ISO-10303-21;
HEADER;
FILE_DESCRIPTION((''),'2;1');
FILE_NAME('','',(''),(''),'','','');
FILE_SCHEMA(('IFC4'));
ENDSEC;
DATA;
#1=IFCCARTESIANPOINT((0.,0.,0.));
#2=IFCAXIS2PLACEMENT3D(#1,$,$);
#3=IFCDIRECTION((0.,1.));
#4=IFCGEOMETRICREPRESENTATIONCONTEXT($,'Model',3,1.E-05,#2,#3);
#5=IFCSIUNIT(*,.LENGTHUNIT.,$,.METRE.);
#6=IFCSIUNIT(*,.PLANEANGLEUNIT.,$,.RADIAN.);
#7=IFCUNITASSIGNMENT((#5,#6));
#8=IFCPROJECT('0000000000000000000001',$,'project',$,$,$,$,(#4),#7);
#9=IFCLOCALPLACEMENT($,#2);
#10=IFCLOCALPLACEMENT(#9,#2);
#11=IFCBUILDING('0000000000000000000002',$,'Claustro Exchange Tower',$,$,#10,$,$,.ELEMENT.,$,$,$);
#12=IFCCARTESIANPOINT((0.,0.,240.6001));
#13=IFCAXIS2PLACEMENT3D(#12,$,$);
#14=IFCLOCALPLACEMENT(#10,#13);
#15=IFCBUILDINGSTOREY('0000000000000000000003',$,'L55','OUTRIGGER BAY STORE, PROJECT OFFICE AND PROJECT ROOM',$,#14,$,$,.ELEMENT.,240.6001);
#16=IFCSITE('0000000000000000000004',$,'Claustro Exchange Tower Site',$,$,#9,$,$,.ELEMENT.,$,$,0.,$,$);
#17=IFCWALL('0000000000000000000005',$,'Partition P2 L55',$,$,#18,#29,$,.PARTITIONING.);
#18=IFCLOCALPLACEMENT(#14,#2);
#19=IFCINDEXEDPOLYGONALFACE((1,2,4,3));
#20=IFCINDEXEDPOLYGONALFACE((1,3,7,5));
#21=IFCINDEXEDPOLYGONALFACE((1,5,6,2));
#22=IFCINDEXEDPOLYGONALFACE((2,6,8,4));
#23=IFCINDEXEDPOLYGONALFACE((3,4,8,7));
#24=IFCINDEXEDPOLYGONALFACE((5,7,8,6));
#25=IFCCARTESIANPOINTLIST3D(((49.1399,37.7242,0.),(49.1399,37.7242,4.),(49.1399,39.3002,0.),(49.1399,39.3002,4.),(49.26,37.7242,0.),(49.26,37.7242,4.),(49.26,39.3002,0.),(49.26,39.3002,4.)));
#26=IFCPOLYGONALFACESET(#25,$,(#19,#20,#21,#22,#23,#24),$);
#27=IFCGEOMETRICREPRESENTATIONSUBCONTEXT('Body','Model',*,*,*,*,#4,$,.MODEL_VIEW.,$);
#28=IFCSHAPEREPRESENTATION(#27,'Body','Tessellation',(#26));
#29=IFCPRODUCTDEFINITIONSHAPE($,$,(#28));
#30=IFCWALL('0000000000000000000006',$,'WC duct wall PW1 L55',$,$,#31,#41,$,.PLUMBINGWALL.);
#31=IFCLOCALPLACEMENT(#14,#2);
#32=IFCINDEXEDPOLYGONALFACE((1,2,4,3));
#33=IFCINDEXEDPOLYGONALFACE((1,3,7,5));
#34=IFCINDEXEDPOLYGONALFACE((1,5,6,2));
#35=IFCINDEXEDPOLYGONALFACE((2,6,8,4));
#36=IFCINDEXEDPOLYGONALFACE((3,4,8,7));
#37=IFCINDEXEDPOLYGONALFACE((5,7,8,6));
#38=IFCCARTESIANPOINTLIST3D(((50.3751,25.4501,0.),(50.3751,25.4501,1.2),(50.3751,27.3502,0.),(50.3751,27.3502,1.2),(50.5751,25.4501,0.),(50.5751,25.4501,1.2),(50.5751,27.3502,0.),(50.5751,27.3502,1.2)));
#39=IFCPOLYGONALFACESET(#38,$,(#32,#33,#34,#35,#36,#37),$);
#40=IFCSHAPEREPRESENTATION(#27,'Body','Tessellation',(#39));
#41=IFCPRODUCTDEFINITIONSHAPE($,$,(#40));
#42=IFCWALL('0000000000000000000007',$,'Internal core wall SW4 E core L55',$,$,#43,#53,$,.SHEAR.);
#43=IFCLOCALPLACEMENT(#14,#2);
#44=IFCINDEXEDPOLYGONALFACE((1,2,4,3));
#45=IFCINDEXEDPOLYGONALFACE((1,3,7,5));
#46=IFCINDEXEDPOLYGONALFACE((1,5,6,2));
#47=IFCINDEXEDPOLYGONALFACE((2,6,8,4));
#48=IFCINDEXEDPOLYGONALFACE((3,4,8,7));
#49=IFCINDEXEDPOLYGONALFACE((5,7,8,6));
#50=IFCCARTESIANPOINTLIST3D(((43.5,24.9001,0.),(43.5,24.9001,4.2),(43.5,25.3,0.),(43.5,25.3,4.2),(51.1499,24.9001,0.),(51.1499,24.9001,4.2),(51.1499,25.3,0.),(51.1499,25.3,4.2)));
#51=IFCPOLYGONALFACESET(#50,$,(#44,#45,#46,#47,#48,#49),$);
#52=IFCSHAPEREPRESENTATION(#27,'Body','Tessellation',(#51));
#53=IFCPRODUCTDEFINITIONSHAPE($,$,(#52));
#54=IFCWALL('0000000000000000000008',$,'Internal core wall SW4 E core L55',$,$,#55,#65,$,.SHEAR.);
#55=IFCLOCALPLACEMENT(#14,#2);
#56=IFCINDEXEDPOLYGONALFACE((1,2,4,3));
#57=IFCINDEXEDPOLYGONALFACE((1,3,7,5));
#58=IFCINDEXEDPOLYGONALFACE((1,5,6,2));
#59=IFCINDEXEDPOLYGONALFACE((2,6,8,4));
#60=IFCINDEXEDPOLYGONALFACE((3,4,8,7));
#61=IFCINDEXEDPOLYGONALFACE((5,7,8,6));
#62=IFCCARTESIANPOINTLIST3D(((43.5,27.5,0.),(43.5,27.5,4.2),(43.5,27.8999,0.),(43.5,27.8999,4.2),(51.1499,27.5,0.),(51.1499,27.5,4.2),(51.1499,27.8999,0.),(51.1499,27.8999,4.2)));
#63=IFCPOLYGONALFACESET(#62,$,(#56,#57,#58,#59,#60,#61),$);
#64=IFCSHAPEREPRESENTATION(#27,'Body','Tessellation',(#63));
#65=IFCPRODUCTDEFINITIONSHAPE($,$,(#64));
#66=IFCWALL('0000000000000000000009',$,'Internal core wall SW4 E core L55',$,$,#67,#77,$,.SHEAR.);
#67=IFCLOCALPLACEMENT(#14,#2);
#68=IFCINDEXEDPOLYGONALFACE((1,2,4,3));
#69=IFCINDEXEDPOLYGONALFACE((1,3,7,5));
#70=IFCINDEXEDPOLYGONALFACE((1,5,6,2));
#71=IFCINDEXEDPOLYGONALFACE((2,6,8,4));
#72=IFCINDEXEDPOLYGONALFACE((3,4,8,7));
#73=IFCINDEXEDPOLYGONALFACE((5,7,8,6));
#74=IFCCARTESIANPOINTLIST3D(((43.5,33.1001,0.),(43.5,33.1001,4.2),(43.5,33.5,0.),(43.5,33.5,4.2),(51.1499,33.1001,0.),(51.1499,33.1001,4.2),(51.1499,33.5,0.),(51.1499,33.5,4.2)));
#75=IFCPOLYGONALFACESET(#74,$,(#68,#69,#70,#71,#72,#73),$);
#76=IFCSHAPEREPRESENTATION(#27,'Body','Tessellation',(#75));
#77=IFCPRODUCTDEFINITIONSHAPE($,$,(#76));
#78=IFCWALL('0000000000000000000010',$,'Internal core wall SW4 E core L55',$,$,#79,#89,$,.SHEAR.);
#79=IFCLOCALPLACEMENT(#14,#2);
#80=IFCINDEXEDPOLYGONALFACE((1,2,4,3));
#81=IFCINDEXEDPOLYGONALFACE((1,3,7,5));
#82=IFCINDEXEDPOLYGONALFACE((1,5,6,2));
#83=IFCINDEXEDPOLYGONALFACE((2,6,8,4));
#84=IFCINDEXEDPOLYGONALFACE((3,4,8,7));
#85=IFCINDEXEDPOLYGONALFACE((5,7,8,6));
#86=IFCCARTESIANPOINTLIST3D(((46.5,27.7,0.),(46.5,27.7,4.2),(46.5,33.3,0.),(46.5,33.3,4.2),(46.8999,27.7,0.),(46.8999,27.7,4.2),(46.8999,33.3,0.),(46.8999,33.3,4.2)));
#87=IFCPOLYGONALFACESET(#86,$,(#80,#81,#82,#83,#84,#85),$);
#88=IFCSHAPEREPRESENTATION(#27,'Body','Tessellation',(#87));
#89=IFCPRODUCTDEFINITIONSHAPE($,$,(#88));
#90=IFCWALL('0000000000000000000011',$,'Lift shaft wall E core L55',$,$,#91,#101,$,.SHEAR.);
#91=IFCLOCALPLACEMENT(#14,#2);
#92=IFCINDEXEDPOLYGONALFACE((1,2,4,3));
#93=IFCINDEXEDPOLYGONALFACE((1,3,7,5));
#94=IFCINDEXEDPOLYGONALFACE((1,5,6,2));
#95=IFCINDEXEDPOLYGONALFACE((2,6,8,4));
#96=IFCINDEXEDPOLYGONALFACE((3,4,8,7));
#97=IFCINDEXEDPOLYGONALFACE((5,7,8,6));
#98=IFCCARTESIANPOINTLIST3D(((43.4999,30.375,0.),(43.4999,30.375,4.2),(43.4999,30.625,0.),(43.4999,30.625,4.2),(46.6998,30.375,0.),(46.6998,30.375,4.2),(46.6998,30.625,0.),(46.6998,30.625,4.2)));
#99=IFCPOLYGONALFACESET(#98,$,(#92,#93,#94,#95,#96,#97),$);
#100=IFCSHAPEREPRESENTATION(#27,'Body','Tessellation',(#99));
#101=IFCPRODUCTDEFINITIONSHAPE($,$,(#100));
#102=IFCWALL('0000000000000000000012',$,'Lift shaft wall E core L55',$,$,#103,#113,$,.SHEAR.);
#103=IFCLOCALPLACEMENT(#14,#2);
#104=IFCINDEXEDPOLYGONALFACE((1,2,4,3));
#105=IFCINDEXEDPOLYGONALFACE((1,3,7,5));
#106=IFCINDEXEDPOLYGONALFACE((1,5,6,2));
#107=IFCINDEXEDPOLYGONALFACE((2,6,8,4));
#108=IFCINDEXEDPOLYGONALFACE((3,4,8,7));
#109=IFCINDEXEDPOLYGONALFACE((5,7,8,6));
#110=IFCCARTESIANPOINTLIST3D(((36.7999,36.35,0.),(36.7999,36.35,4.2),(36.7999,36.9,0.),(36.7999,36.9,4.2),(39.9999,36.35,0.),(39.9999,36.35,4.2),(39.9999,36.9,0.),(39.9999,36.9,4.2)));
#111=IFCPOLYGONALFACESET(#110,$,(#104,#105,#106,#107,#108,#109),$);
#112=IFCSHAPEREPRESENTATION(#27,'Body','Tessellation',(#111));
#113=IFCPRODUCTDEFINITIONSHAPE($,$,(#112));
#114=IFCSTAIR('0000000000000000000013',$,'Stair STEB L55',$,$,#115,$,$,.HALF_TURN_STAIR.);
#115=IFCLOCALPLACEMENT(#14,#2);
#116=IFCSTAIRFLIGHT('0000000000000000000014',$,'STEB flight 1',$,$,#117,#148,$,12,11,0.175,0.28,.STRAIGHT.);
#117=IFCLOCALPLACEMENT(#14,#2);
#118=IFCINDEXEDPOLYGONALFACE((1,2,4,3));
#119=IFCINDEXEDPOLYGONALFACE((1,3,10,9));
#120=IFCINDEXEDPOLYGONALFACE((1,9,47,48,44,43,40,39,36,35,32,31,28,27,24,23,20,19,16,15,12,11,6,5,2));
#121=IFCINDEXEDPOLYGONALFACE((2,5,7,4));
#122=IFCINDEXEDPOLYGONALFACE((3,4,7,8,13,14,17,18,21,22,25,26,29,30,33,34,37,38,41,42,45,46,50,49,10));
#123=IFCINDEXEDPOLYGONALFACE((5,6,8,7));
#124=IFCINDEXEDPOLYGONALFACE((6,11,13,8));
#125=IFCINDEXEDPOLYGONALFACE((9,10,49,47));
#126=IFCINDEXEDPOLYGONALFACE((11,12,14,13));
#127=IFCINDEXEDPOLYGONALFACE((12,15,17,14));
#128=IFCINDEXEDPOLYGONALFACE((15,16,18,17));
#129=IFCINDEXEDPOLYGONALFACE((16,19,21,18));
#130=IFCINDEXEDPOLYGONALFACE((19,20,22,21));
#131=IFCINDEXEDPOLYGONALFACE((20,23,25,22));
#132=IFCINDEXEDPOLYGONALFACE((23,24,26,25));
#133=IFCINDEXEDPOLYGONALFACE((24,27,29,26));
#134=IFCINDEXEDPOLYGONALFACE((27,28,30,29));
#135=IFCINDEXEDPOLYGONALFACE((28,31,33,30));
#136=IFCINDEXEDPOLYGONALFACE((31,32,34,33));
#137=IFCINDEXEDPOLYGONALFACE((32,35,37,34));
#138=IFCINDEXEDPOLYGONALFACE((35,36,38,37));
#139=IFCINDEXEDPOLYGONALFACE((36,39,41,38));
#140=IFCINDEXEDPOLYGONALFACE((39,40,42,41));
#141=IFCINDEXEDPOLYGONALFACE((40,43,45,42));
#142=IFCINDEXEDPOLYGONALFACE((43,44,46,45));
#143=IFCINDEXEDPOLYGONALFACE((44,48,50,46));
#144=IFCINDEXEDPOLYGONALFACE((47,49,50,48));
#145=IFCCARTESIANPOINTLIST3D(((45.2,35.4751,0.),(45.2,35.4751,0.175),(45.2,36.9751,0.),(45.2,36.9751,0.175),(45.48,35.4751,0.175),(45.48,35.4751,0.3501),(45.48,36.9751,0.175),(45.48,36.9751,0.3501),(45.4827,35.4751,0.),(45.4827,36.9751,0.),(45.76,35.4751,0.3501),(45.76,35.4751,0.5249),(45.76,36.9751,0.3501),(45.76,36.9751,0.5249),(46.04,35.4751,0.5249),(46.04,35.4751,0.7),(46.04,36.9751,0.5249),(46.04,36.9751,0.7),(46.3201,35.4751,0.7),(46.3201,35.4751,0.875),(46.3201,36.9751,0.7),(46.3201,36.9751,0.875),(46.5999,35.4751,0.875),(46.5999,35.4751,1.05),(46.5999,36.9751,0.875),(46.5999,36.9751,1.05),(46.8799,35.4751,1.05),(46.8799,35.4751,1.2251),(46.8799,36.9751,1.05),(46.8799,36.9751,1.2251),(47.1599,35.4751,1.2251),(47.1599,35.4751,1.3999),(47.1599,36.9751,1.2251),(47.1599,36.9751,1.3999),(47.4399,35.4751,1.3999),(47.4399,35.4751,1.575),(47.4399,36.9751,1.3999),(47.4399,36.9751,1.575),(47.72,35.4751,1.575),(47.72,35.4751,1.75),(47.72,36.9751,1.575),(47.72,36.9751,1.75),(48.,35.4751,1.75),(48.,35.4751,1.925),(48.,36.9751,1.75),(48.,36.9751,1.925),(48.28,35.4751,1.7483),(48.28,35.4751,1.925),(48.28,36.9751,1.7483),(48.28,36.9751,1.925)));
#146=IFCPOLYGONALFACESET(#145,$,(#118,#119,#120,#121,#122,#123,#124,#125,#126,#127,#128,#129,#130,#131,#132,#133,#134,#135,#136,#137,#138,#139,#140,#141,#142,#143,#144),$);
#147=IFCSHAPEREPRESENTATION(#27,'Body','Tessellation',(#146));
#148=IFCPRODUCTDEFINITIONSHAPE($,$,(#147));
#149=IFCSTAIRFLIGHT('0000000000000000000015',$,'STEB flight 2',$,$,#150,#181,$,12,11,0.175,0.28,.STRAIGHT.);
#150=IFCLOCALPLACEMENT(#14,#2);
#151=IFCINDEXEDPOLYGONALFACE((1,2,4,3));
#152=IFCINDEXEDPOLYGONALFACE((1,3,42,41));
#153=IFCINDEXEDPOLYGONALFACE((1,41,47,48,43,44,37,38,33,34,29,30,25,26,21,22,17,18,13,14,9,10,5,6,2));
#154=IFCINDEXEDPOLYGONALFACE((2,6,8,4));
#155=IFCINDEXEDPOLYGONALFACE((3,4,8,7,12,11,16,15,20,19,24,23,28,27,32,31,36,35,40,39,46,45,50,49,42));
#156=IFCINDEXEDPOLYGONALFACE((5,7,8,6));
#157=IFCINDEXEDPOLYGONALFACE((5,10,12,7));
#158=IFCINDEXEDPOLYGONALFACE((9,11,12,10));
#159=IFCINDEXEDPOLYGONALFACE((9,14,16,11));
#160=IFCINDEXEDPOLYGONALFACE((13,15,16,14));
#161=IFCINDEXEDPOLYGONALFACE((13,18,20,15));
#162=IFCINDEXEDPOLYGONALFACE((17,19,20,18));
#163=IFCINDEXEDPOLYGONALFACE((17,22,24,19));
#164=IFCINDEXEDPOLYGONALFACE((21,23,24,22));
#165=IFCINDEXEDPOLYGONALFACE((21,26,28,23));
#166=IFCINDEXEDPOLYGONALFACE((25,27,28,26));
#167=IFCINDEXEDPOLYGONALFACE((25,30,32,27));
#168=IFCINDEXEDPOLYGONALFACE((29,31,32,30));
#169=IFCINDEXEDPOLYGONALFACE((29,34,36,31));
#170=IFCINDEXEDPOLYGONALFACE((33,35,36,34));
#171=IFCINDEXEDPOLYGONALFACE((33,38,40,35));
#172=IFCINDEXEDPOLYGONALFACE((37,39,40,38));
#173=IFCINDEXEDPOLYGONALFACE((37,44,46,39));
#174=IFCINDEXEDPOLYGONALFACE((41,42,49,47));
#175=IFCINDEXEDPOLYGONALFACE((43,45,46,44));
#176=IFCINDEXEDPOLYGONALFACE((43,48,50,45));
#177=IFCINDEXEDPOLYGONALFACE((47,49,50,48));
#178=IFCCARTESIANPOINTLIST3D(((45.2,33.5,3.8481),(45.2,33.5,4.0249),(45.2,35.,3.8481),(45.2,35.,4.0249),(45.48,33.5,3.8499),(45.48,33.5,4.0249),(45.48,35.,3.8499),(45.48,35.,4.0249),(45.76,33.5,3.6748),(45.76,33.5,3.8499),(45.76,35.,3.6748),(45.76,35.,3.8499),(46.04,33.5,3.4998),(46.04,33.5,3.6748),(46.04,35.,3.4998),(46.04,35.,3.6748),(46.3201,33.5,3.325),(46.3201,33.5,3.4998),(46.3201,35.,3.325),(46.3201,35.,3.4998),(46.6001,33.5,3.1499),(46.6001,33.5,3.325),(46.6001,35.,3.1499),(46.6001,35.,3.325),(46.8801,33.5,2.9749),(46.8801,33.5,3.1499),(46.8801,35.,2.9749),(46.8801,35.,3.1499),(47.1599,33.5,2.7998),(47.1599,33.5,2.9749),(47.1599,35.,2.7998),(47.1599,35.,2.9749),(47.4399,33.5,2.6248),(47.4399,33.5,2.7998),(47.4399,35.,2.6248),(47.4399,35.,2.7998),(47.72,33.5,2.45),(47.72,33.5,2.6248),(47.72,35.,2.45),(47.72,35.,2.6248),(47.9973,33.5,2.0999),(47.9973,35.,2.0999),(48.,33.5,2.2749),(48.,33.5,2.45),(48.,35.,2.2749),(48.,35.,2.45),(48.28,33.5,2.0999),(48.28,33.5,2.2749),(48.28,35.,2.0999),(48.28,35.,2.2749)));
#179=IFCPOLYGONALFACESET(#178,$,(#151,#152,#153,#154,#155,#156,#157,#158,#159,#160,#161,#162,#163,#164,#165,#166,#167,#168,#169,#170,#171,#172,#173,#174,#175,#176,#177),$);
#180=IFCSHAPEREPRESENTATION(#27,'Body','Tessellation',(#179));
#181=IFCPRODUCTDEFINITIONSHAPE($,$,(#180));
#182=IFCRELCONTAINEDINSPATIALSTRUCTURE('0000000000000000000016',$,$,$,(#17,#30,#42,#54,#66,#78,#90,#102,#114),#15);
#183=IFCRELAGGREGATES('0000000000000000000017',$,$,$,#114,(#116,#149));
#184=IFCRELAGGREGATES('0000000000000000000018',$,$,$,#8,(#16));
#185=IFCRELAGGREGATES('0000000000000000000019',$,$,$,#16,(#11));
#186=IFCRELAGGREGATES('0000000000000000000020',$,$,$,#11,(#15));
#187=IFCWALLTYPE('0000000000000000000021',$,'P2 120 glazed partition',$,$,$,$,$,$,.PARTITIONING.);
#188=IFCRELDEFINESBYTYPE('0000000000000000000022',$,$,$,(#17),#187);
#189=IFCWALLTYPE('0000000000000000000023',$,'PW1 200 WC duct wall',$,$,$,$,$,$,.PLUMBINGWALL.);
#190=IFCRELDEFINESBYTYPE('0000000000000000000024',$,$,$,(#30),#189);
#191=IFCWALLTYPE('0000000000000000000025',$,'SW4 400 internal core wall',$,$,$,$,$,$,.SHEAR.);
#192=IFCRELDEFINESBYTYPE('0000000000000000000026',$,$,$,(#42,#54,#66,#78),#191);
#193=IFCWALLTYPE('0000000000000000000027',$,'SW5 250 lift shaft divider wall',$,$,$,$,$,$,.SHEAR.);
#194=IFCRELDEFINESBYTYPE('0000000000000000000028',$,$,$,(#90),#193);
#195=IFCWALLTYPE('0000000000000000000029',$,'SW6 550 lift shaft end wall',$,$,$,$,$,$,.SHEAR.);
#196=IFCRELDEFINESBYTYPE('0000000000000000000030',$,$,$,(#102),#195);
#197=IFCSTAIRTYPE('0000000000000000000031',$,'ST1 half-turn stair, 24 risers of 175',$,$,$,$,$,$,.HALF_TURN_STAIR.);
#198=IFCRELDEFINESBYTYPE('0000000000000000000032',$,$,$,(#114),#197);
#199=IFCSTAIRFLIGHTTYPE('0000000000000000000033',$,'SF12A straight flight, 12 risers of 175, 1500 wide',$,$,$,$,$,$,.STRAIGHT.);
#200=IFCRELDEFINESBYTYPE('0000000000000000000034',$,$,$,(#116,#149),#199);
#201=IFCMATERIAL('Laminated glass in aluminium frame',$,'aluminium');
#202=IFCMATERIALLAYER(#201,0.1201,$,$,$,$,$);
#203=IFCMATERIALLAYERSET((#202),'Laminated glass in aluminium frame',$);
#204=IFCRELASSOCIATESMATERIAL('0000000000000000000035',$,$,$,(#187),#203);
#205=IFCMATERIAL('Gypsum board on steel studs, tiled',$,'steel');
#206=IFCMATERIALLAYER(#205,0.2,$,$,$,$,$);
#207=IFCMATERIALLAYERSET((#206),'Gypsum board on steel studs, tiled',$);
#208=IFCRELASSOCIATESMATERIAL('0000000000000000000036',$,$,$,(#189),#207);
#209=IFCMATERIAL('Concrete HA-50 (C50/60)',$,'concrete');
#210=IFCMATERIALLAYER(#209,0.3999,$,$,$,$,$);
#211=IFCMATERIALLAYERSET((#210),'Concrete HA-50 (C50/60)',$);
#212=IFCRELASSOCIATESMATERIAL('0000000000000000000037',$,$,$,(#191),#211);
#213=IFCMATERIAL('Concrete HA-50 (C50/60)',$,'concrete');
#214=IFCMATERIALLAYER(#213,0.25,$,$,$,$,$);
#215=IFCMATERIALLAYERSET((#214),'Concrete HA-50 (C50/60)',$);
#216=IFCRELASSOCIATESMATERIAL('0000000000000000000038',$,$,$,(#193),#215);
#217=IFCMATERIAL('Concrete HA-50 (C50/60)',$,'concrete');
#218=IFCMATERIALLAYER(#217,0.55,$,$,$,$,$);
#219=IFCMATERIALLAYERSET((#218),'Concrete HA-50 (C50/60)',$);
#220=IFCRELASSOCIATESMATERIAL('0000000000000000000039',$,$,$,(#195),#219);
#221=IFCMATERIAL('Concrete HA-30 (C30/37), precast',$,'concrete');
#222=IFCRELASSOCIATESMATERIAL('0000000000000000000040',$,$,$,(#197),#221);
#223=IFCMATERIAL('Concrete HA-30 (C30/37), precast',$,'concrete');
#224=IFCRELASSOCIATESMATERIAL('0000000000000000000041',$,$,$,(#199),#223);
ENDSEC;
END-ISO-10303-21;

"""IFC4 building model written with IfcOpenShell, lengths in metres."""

from ifc_helpers import new_model, si_unit, direction, frame, frame_2d, origin, place, context, subcontext, project, spatial, polyline, rectangle, outline, extrude, material, layer, layer_set, type_object, element, aggregate, save


model = new_model("IFC4")

# Units and contexts
model_context = context("Model", 3, precision=1e-05, world=origin(), true_north=direction((0.0, 1.0)))
body_context = subcontext(model_context, "Body", "Model", "MODEL_VIEW")
ifc_project = project(units=[si_unit("LENGTHUNIT", "METRE"), si_unit("PLANEANGLEUNIT", "RADIAN")], contexts=[model_context])

# Site, building, storey
site_placement = place(None, origin())
site = spatial("IfcSite", under=ifc_project, at=site_placement, Name="Claustro Exchange Tower Site", CompositionType="ELEMENT", RefElevation=0.0)
building_placement = place(site_placement, origin())
building = spatial("IfcBuilding", under=site, at=building_placement, Name="Claustro Exchange Tower", CompositionType="ELEMENT")
storey_placement = place(building_placement, frame((0.0, 0.0, 240.6001)))
storey = spatial("IfcBuildingStorey", under=building, at=storey_placement, Name="L55", Description="OUTRIGGER BAY STORE, PROJECT OFFICE AND PROJECT ROOM", CompositionType="ELEMENT", Elevation=240.6001)

# Shared definitions
ifc_material_1 = material(Name="Laminated glass in aluminium frame", Category="aluminium")
ifc_layer_1 = layer(ifc_material_1, 0.1201)
ifc_layer_set_1 = layer_set([ifc_layer_1], Name="Laminated glass in aluminium frame")
wall_type_1 = type_object("IfcWallType", Name="P2 120 glazed partition", PredefinedType="PARTITIONING", material=ifc_layer_set_1)

# Walls
wall_1_placement = place(storey_placement, frame((49.2, 37.7241, 0.0), z_axis=(0.0, 0.0, 1.0), x_axis=(0.0, 1.0, 0.0)))
element("IfcWall", 1, at=wall_1_placement, inside=storey, type_object=wall_type_1, Name="Partition P2 L55", PredefinedType="PARTITIONING", context=body_context, shape_type="SweptSolid", body=[
    extrude(rectangle(XDim=1.5759, YDim=0.1201, at=frame_2d((0.7881, 0.0))), origin(), (0.0, 0.0, 1.0), 4.0),
])
ifc_material_2 = material(Name="Gypsum board on steel studs, tiled", Category="steel")
ifc_layer_2 = layer(ifc_material_2, 0.2)
ifc_layer_set_2 = layer_set([ifc_layer_2], Name="Gypsum board on steel studs, tiled")
wall_type_2 = type_object("IfcWallType", Name="PW1 200 WC duct wall", PredefinedType="PLUMBINGWALL", material=ifc_layer_set_2)
wall_2_placement = place(storey_placement, frame((50.4751, 25.45, 0.0), z_axis=(0.0, 0.0, 1.0), x_axis=(0.0, 1.0, 0.0)))
element("IfcWall", 2, at=wall_2_placement, inside=storey, type_object=wall_type_2, Name="WC duct wall PW1 L55", PredefinedType="PLUMBINGWALL", context=body_context, shape_type="SweptSolid", body=[
    extrude(rectangle(XDim=1.9001, YDim=0.2, at=frame_2d((0.9502, 0.0))), origin(), (0.0, 0.0, 1.0), 1.2),
])
ifc_material_3 = material(Name="Concrete HA-50 (C50/60)", Category="concrete")
ifc_layer_3 = layer(ifc_material_3, 0.3999)
ifc_layer_set_3 = layer_set([ifc_layer_3], Name="Concrete HA-50 (C50/60)")
wall_type_3 = type_object("IfcWallType", Name="SW4 400 internal core wall", PredefinedType="SHEAR", material=ifc_layer_set_3)
for number, where, z_axis, x_axis, name in (
    (3, (51.1499, 25.1001, 0.0), (0.0, 0.0, 1.0), (-1.0, 0.0, 0.0), "Internal core wall SW4 E core L55"),
    (4, (51.1499, 27.7, 0.0), (0.0, 0.0, 1.0), (-1.0, 0.0, 0.0), "Internal core wall SW4 E core L55"),
    (5, (51.1499, 33.3, 0.0), (0.0, 0.0, 1.0), (-1.0, 0.0, 0.0), "Internal core wall SW4 E core L55"),
):
    element("IfcWall", number, at=place(storey_placement, frame(where, z_axis=z_axis, x_axis=x_axis)), inside=storey, type_object=wall_type_3, Name=name, PredefinedType="SHEAR", context=body_context, shape_type="SweptSolid", body=[
        extrude(rectangle(XDim=7.6499, YDim=0.3999, at=frame_2d((3.825, 0.0))), origin(), (0.0, 0.0, 1.0), 4.2),
    ])
wall_3_placement = place(storey_placement, frame((46.7, 27.7, 0.0), z_axis=(0.0, 0.0, 1.0), x_axis=(0.0, 1.0, 0.0)))
element("IfcWall", 6, at=wall_3_placement, inside=storey, type_object=wall_type_3, Name="Internal core wall SW4 E core L55", PredefinedType="SHEAR", context=body_context, shape_type="SweptSolid", body=[
    extrude(rectangle(XDim=5.6001, YDim=0.3999, at=frame_2d((2.8, 0.0))), origin(), (0.0, 0.0, 1.0), 4.2),
])
ifc_material_4 = material(Name="Concrete HA-50 (C50/60)", Category="concrete")
ifc_layer_4 = layer(ifc_material_4, 0.25)
ifc_layer_set_4 = layer_set([ifc_layer_4], Name="Concrete HA-50 (C50/60)")
wall_type_4 = type_object("IfcWallType", Name="SW5 250 lift shaft divider wall", PredefinedType="SHEAR", material=ifc_layer_set_4)
wall_4_placement = place(storey_placement, frame((46.7, 30.5, 0.0), z_axis=(0.0, 0.0, 1.0), x_axis=(-1.0, 0.0, 0.0)))
element("IfcWall", 7, at=wall_4_placement, inside=storey, type_object=wall_type_4, Name="Lift shaft wall E core L55", PredefinedType="SHEAR", context=body_context, shape_type="SweptSolid", body=[
    extrude(rectangle(XDim=3.2, YDim=0.25, at=frame_2d((1.6001, 0.0))), origin(), (0.0, 0.0, 1.0), 4.2),
])
ifc_material_5 = material(Name="Concrete HA-50 (C50/60)", Category="concrete")
ifc_layer_5 = layer(ifc_material_5, 0.55)
ifc_layer_set_5 = layer_set([ifc_layer_5], Name="Concrete HA-50 (C50/60)")
wall_type_5 = type_object("IfcWallType", Name="SW6 550 lift shaft end wall", PredefinedType="SHEAR", material=ifc_layer_set_5)
wall_5_placement = place(storey_placement, frame((40.0, 36.625, 0.0), z_axis=(0.0, 0.0, 1.0), x_axis=(-1.0, 0.0, 0.0)))
element("IfcWall", 8, at=wall_5_placement, inside=storey, type_object=wall_type_5, Name="Lift shaft wall E core L55", PredefinedType="SHEAR", context=body_context, shape_type="SweptSolid", body=[
    extrude(rectangle(XDim=3.2, YDim=0.55, at=frame_2d((1.6001, 0.0))), origin(), (0.0, 0.0, 1.0), 4.2),
])

# Stair, stair flights
ifc_material_6 = material(Name="Concrete HA-30 (C30/37), precast", Category="concrete")
stair_type = type_object("IfcStairType", Name="ST1 half-turn stair, 24 risers of 175", PredefinedType="HALF_TURN_STAIR", material=ifc_material_6)
stair_placement = place(storey_placement, origin())
stair = element("IfcStair", 9, at=stair_placement, inside=storey, type_object=stair_type, Name="Stair STEB L55", PredefinedType="HALF_TURN_STAIR")
ifc_material_7 = material(Name="Concrete HA-30 (C30/37), precast", Category="concrete")
stair_flight_type = type_object("IfcStairFlightType", Name="SF12A straight flight, 12 risers of 175, 1500 wide", PredefinedType="STRAIGHT", material=ifc_material_7)
stair_flight_1_placement = place(storey_placement, frame((45.2, 36.2251, 0.0), z_axis=(0.0, 0.0, 1.0), x_axis=(1.0, 0.0, 0.0)))
stair_flight_1 = element("IfcStairFlight", 10, at=stair_flight_1_placement, type_object=stair_flight_type, Name="STEB flight 1", NumberOfRisers=12, NumberOfTreads=11, PredefinedType="STRAIGHT", RiserHeight=0.175, TreadLength=0.28, context=body_context, shape_type="SweptSolid", body=[
    extrude(outline(polyline([(0.0, 0.0), (0.0, 0.175), (0.28, 0.175), (0.28, 0.3501), (0.5601, 0.3501), (0.5601, 0.5249), (0.8401, 0.5249), (0.8401, 0.7), (1.1201, 0.7), (1.1201, 0.875), (1.3999, 0.875), (1.3999, 1.05), (1.6799, 1.05), (1.6799, 1.2251), (1.96, 1.2251), (1.96, 1.3999), (2.24, 1.3999), (2.24, 1.575), (2.52, 1.575), (2.52, 1.75), (2.8, 1.75), (2.8, 1.925), (3.0801, 1.925), (3.0801, 2.1001), (3.0801, 1.7483), (0.2827, 0.0), (0.0, 0.0)])), frame((0.0, 0.75, 0.0), z_axis=(0.0, -1.0, 0.0), x_axis=(1.0, 0.0, 0.0)), (0.0, 0.0, 1.0), 1.5),
])
stair_flight_2_placement = place(storey_placement, frame((48.28, 34.25, 2.0999), z_axis=(0.0, 0.0, 1.0), x_axis=(-1.0, 0.0, 0.0)))
stair_flight_2 = element("IfcStairFlight", 11, at=stair_flight_2_placement, type_object=stair_flight_type, Name="STEB flight 2", NumberOfRisers=12, NumberOfTreads=11, PredefinedType="STRAIGHT", RiserHeight=0.175, TreadLength=0.28, context=body_context, shape_type="SweptSolid", body=[
    extrude(outline(polyline([(0.0, 0.0), (0.0, 0.175), (0.28, 0.175), (0.28, 0.3501), (0.5601, 0.3501), (0.5601, 0.5249), (0.8401, 0.5249), (0.8401, 0.7), (1.1201, 0.7), (1.1201, 0.875), (1.3999, 0.875), (1.3999, 1.05), (1.6799, 1.05), (1.6799, 1.2251), (1.96, 1.2251), (1.96, 1.3999), (2.24, 1.3999), (2.24, 1.575), (2.52, 1.575), (2.52, 1.75), (2.8, 1.75), (2.8, 1.925), (3.0801, 1.925), (3.0801, 2.1001), (3.0801, 1.7483), (0.2827, 0.0), (0.0, 0.0)])), frame((0.0, 0.75, 0.0), z_axis=(0.0, -1.0, 0.0), x_axis=(1.0, 0.0, 0.0)), (0.0, 0.0, 1.0), 1.5),
])
aggregate(stair, [stair_flight_1, stair_flight_2])

save(model, "model.ifc")
